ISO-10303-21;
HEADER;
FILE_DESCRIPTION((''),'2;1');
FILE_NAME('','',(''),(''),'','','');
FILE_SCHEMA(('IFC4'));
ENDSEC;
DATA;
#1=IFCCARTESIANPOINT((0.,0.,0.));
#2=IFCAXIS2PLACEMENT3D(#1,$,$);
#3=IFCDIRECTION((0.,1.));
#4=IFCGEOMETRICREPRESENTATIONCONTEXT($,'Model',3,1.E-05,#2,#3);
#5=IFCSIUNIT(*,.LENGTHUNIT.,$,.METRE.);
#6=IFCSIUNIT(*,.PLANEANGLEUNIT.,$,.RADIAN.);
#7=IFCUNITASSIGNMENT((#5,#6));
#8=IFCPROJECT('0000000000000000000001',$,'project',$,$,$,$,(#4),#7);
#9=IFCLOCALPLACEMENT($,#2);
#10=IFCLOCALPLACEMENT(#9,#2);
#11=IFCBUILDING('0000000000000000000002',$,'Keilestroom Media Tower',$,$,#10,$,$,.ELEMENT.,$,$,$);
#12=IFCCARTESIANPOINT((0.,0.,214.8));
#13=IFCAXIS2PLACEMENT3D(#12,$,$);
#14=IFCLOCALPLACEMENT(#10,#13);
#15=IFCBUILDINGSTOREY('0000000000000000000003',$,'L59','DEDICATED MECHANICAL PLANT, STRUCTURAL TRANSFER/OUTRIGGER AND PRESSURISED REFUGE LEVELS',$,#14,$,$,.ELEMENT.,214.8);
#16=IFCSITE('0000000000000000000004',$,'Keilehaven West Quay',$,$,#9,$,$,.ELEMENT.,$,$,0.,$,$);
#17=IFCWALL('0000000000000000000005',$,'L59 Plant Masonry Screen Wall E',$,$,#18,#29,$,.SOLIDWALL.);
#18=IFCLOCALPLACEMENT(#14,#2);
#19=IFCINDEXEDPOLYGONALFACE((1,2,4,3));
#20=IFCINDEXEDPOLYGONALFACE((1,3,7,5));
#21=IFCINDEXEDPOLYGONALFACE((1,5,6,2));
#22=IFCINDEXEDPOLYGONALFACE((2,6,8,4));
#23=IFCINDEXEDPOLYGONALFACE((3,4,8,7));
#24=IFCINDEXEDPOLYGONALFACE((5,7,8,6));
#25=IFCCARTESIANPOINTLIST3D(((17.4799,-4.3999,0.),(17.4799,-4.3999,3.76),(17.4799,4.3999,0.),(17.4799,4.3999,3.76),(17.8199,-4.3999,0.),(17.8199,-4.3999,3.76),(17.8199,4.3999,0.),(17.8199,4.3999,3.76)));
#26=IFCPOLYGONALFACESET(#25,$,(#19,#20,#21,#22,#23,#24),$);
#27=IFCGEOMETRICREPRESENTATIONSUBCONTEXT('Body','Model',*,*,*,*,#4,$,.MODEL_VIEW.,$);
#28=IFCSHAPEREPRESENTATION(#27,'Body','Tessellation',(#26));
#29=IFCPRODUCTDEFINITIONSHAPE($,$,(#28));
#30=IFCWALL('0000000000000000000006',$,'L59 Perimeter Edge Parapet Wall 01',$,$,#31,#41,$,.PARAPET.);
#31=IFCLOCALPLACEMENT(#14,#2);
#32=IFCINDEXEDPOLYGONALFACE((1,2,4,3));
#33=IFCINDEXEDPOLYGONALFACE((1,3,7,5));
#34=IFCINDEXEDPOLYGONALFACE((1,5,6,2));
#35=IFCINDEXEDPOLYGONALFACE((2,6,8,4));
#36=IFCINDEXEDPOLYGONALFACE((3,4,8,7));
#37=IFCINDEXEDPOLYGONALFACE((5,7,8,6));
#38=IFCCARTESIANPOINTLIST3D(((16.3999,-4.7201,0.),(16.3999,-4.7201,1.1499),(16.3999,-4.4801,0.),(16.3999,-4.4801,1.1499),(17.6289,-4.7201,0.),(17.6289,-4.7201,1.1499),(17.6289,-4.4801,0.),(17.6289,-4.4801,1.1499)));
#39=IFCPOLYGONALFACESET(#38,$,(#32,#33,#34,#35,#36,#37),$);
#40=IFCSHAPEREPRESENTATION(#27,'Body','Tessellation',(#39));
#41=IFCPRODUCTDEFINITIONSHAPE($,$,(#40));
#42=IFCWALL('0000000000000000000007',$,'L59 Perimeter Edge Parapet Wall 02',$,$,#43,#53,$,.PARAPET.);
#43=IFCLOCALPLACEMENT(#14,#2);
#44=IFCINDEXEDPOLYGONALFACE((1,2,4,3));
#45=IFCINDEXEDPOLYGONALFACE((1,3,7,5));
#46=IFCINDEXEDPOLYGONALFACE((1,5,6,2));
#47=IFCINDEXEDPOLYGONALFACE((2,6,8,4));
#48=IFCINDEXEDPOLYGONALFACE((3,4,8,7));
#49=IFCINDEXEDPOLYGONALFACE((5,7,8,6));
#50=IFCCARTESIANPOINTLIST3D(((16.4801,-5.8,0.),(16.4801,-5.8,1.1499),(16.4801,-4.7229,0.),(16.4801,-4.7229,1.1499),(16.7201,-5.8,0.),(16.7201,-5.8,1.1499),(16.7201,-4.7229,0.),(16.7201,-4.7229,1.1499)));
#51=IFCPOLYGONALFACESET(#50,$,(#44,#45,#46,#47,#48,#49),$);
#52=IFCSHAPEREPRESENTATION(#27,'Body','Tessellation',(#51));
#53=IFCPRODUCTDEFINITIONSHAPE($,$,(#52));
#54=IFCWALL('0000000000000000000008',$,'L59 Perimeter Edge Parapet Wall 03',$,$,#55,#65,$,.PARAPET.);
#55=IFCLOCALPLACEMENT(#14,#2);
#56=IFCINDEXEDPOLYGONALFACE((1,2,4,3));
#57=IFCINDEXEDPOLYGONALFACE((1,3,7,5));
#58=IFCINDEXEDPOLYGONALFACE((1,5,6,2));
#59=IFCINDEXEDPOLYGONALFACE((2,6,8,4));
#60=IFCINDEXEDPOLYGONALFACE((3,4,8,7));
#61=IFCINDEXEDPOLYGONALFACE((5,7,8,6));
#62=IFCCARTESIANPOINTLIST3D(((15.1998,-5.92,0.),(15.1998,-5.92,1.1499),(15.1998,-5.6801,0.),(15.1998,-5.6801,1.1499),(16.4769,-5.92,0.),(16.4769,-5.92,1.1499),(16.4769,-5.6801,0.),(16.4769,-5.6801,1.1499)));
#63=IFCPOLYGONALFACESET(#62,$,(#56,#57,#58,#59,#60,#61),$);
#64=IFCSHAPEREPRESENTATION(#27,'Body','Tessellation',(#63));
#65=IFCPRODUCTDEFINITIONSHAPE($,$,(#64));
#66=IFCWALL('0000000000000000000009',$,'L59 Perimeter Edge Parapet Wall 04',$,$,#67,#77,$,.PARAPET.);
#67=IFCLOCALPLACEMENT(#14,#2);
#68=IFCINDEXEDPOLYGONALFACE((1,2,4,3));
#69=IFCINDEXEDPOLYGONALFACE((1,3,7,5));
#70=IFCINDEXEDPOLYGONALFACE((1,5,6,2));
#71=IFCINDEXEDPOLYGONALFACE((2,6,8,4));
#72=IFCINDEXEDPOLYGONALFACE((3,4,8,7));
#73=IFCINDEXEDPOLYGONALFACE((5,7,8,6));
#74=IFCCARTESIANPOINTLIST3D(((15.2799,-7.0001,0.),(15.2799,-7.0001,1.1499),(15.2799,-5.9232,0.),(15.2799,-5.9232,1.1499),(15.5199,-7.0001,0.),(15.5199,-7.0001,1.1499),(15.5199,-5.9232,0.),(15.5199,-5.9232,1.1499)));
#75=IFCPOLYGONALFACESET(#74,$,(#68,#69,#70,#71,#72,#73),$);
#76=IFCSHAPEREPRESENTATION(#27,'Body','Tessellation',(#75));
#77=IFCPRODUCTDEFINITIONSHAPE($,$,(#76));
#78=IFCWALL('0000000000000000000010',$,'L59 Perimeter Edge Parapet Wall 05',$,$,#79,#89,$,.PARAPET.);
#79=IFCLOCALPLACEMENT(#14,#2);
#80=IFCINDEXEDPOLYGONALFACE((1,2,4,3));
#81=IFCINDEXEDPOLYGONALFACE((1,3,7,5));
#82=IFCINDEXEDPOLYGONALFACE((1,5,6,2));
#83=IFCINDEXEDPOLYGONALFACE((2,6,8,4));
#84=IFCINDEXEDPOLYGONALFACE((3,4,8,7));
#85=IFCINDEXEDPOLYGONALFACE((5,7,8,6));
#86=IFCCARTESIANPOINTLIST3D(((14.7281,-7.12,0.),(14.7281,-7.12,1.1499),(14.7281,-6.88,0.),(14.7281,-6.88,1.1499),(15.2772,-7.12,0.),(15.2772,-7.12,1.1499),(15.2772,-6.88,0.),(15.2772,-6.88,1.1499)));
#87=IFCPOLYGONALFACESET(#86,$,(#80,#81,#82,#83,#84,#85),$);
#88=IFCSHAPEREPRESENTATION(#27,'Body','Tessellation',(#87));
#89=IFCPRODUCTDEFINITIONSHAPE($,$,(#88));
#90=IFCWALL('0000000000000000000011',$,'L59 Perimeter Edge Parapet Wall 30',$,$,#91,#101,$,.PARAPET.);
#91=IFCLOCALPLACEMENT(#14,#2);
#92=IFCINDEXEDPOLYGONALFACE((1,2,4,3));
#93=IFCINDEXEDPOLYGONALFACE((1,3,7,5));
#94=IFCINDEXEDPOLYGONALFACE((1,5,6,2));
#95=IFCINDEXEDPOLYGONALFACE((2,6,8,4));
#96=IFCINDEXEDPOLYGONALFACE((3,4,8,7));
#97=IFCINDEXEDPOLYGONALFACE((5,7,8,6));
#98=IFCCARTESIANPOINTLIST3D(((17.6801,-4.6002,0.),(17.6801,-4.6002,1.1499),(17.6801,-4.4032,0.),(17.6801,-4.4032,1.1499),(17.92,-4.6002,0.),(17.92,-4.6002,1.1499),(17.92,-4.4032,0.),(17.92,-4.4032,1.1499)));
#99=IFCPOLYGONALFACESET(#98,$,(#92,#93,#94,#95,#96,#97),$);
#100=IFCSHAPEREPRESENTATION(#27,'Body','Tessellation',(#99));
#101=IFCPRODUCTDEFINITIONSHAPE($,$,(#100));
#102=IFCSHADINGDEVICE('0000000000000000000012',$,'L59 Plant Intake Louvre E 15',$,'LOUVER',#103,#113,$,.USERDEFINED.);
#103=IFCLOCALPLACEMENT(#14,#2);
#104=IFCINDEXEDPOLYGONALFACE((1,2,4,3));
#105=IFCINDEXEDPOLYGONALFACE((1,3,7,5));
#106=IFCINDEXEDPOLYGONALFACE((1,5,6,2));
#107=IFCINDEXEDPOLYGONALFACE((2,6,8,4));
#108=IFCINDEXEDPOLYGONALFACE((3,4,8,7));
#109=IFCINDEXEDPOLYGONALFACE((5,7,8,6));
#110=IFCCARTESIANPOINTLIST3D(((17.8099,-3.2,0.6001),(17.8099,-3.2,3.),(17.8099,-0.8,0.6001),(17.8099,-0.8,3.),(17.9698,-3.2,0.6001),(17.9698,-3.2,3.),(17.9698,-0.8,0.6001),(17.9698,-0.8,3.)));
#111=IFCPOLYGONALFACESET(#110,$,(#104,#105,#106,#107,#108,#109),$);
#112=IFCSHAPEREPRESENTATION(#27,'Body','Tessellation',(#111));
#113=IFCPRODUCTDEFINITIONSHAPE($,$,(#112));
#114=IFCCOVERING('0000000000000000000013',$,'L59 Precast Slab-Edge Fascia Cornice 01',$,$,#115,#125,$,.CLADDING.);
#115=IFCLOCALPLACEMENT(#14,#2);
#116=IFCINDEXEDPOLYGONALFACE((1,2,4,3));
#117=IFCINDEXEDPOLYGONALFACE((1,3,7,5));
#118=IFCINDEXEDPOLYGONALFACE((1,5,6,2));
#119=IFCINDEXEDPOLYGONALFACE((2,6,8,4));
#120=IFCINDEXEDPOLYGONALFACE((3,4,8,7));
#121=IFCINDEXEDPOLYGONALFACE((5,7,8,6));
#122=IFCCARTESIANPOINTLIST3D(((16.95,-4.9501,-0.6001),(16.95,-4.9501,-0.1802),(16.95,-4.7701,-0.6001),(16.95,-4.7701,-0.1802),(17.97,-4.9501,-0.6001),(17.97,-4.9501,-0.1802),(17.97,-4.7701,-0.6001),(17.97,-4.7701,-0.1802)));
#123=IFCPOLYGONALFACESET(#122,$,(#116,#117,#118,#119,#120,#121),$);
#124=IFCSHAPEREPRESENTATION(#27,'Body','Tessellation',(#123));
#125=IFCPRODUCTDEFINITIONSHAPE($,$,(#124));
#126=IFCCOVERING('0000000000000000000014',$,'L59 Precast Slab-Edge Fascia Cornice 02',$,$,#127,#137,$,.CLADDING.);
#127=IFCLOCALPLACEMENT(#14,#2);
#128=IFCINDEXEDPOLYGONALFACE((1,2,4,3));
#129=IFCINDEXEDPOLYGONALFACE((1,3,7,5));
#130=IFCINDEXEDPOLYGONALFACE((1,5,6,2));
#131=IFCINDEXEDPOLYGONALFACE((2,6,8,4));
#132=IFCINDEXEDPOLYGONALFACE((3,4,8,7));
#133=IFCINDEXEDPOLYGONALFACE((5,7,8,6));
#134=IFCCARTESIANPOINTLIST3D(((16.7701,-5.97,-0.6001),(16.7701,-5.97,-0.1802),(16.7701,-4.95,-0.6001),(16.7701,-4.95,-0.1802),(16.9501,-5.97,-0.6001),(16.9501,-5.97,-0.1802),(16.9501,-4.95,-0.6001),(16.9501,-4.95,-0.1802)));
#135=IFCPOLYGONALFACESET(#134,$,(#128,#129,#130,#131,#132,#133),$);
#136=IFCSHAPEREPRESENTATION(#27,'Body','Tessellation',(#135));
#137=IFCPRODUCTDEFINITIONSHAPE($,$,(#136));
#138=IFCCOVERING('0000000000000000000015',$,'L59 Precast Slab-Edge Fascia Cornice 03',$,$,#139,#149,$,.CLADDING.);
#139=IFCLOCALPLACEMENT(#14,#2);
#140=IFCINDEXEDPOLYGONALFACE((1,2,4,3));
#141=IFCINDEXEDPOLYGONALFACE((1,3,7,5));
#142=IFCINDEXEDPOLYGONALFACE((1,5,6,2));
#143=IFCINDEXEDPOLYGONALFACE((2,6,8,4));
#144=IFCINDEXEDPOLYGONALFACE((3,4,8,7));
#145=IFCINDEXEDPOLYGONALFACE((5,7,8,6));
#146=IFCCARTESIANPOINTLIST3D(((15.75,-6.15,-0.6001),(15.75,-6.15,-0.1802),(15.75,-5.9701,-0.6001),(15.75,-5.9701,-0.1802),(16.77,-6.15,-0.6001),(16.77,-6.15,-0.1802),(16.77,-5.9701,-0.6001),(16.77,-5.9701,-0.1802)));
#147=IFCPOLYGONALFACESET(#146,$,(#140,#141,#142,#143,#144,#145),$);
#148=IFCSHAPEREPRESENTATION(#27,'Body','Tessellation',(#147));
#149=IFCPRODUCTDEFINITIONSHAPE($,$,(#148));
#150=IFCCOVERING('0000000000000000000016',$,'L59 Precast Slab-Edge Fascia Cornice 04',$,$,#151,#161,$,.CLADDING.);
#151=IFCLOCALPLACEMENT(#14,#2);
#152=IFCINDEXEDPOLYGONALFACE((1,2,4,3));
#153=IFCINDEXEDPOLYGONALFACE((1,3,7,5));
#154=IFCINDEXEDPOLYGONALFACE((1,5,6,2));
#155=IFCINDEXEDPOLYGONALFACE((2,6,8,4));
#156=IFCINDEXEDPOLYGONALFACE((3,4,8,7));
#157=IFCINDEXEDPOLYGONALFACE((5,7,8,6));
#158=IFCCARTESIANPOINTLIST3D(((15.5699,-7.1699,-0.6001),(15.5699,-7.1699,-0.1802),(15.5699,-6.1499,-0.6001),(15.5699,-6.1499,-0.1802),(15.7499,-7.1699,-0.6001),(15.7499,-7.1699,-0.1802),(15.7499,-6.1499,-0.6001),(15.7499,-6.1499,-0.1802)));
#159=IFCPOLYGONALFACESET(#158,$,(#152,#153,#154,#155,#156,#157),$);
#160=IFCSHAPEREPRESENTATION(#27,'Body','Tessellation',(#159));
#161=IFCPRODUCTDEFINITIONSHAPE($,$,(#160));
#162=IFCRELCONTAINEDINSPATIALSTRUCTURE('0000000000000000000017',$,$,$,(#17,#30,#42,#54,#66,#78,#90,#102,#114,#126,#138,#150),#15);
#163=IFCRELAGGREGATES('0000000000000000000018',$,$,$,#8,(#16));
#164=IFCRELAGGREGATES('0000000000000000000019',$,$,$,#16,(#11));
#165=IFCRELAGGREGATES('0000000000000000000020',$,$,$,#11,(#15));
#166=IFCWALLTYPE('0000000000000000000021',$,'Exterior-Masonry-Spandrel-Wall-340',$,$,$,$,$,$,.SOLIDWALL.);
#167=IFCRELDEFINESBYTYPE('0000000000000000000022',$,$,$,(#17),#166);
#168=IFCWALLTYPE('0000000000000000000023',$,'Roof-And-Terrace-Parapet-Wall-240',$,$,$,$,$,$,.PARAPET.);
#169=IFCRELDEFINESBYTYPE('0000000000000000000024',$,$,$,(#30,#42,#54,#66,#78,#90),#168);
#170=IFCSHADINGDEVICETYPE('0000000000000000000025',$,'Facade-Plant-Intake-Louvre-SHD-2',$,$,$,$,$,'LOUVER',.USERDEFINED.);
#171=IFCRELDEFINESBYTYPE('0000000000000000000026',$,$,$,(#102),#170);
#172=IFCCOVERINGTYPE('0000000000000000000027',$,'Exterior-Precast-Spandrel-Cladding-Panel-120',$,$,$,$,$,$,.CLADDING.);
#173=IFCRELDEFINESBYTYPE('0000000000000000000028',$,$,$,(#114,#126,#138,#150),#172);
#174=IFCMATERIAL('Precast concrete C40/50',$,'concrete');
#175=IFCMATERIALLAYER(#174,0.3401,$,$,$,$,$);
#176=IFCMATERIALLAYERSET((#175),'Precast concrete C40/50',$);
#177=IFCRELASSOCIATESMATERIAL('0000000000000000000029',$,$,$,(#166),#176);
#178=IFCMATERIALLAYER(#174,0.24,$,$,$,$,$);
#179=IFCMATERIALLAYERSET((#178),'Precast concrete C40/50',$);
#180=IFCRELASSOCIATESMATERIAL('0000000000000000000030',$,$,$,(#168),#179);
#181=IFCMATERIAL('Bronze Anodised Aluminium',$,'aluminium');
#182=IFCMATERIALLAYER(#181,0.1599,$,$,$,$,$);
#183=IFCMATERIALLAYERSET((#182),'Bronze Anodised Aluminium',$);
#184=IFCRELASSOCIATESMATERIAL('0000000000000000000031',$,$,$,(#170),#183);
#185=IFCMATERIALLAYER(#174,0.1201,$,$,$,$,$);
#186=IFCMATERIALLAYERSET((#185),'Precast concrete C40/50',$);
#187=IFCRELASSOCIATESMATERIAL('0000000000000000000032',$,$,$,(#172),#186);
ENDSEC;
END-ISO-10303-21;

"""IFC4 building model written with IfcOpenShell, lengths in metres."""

from ifc_helpers import new_model, si_unit, direction, frame, frame_2d, origin, origin_2d, place, context, subcontext, project, spatial, rectangle, extrude, source, transform, mapped, material, layer, layer_set, type_object, element, save


model = new_model("IFC4")

# Units and contexts
model_context = context("Model", 3, precision=1e-05, world=origin(), true_north=direction((0.0, 1.0)))
body_context = subcontext(model_context, "Body", "Model", "MODEL_VIEW")
ifc_project = project(units=[si_unit("LENGTHUNIT", "METRE"), si_unit("PLANEANGLEUNIT", "RADIAN")], contexts=[model_context])

# Site, building, storey
site_placement = place(None, origin())
site = spatial("IfcSite", under=ifc_project, at=site_placement, Name="Keilehaven West Quay", CompositionType="ELEMENT", RefElevation=0.0)
building_placement = place(site_placement, origin())
building = spatial("IfcBuilding", under=site, at=building_placement, Name="Keilestroom Media Tower", CompositionType="ELEMENT")
storey_placement = place(building_placement, frame((0.0, 0.0, 214.8)))
storey = spatial("IfcBuildingStorey", under=building, at=storey_placement, Name="L59", Description="DEDICATED MECHANICAL PLANT, STRUCTURAL TRANSFER/OUTRIGGER AND PRESSURISED REFUGE LEVELS", CompositionType="ELEMENT", Elevation=214.8)

# Shared definitions
ifc_material_1 = material(Name="Precast concrete C40/50", Category="concrete")

# Walls
ifc_layer_1 = layer(ifc_material_1, 0.3401)
ifc_layer_set_1 = layer_set([ifc_layer_1], Name="Precast concrete C40/50")
wall_type_1 = type_object("IfcWallType", Name="Exterior-Masonry-Spandrel-Wall-340", PredefinedType="SOLIDWALL", material=ifc_layer_set_1)
wall_1_placement = place(storey_placement, frame((17.6499, -4.3999, 0.0), z_axis=(0.0, 0.0, 1.0), x_axis=(0.0, 1.0, 0.0)))
element("IfcWall", 1, at=wall_1_placement, inside=storey, type_object=wall_type_1, Name="L59 Plant Masonry Screen Wall E", PredefinedType="SOLIDWALL", context=body_context, shape_type="SweptSolid", body=[
    extrude(rectangle(XDim=8.7998, YDim=0.3401, at=frame_2d((4.3999, 0.0))), origin(), (0.0, 0.0, 1.0), 3.76),
])
ifc_layer_2 = layer(ifc_material_1, 0.24)
ifc_layer_set_2 = layer_set([ifc_layer_2], Name="Precast concrete C40/50")
wall_type_2 = type_object("IfcWallType", Name="Roof-And-Terrace-Parapet-Wall-240", PredefinedType="PARAPET", material=ifc_layer_set_2)
wall_2_placement = place(storey_placement, frame((17.6289, -4.6001, 0.0), z_axis=(0.0, 0.0, 1.0), x_axis=(-1.0, 0.0, 0.0)))
element("IfcWall", 2, at=wall_2_placement, inside=storey, type_object=wall_type_2, Name="L59 Perimeter Edge Parapet Wall 01", PredefinedType="PARAPET", context=body_context, shape_type="SweptSolid", body=[
    extrude(rectangle(XDim=1.229, YDim=0.24, at=frame_2d((0.6145, 0.0))), origin(), (0.0, 0.0, 1.0), 1.1499),
])
wall_3_placement = place(storey_placement, frame((16.6001, -4.7229, 0.0), z_axis=(0.0, 0.0, 1.0), x_axis=(0.0, -1.0, 0.0)))
element("IfcWall", 3, at=wall_3_placement, inside=storey, type_object=wall_type_2, Name="L59 Perimeter Edge Parapet Wall 02", PredefinedType="PARAPET", context=body_context, shape_type="SweptSolid", body=[
    extrude(rectangle(XDim=1.0771, YDim=0.24, at=frame_2d((0.5386, 0.0))), origin(), (0.0, 0.0, 1.0), 1.1499),
])
wall_4_placement = place(storey_placement, frame((16.4771, -5.8, 0.0), z_axis=(0.0, 0.0, 1.0), x_axis=(-1.0, 0.0, 0.0)))
element("IfcWall", 4, at=wall_4_placement, inside=storey, type_object=wall_type_2, Name="L59 Perimeter Edge Parapet Wall 03", PredefinedType="PARAPET", context=body_context, shape_type="SweptSolid", body=[
    extrude(rectangle(XDim=1.2771, YDim=0.24, at=frame_2d((0.6387, 0.0))), origin(), (0.0, 0.0, 1.0), 1.1499),
])
wall_5_placement = place(storey_placement, frame((15.3999, -5.9231, 0.0), z_axis=(0.0, 0.0, 1.0), x_axis=(0.0, -1.0, 0.0)))
element("IfcWall", 5, at=wall_5_placement, inside=storey, type_object=wall_type_2, Name="L59 Perimeter Edge Parapet Wall 04", PredefinedType="PARAPET", context=body_context, shape_type="SweptSolid", body=[
    extrude(rectangle(XDim=1.0769, YDim=0.24, at=frame_2d((0.5386, 0.0))), origin(), (0.0, 0.0, 1.0), 1.1499),
])
wall_6_placement = place(storey_placement, frame((15.2771, -7.0, 0.0), z_axis=(0.0, 0.0, 1.0), x_axis=(-1.0, 0.0, 0.0)))
element("IfcWall", 6, at=wall_6_placement, inside=storey, type_object=wall_type_2, Name="L59 Perimeter Edge Parapet Wall 05", PredefinedType="PARAPET", context=body_context, shape_type="SweptSolid", body=[
    extrude(rectangle(XDim=0.5491, YDim=0.24, at=frame_2d((0.2744, 0.0))), origin(), (0.0, 0.0, 1.0), 1.1499),
])
wall_7_placement = place(storey_placement, frame((17.8, -4.4031, 0.0), z_axis=(0.0, 0.0, 1.0), x_axis=(0.0, -1.0, 0.0)))
element("IfcWall", 7, at=wall_7_placement, inside=storey, type_object=wall_type_2, Name="L59 Perimeter Edge Parapet Wall 30", PredefinedType="PARAPET", context=body_context, shape_type="SweptSolid", body=[
    extrude(rectangle(XDim=0.197, YDim=0.24, at=frame_2d((0.0986, 0.0))), origin(), (0.0, 0.0, 1.0), 1.1499),
])

# Shading device
ifc_material_2 = material(Name="Bronze Anodised Aluminium", Category="aluminium")
ifc_layer_3 = layer(ifc_material_2, 0.1599)
ifc_layer_set_3 = layer_set([ifc_layer_3], Name="Bronze Anodised Aluminium")
shading_device_type = type_object("IfcShadingDeviceType", Name="Facade-Plant-Intake-Louvre-SHD-2", ElementType="LOUVER", PredefinedType="USERDEFINED", material=ifc_layer_set_3)
shared_shape_1 = source(origin(), body_context, "Body", "SweptSolid", [
    extrude(rectangle(XDim=0.1599, YDim=2.3999, at=origin_2d()), origin(), (0.0, 0.0, 1.0), 2.3999),
])
shading_device_placement = place(storey_placement, frame((17.8899, -2.0, 0.6001), z_axis=(0.0, 0.0, 1.0), x_axis=(1.0, 0.0, 0.0)))
element("IfcShadingDevice", 8, at=shading_device_placement, inside=storey, type_object=shading_device_type, Name="L59 Plant Intake Louvre E 15", ObjectType="LOUVER", PredefinedType="USERDEFINED", context=body_context, shape_type="MappedRepresentation", body=[
    mapped(shared_shape_1, transform((0.0, 0.0, 0.0), x_axis=(1.0, 0.0, 0.0), y_axis=(0.0, 1.0, 0.0), z_axis=(0.0, 0.0, 1.0), scale=1.0)),
])

# Coverings
ifc_layer_4 = layer(ifc_material_1, 0.1201)
ifc_layer_set_4 = layer_set([ifc_layer_4], Name="Precast concrete C40/50")
covering_type = type_object("IfcCoveringType", Name="Exterior-Precast-Spandrel-Cladding-Panel-120", PredefinedType="CLADDING", material=ifc_layer_set_4)
shared_shape_2 = source(origin(), body_context, "Body", "SweptSolid", [
    extrude(rectangle(XDim=1.02, YDim=0.1799, at=origin_2d()), origin(), (0.0, 0.0, 1.0), 0.4199),
])
for number, where, z_axis, x_axis, name in (
    (9, (17.46, -4.8601, -0.6001), (0.0, 0.0, 1.0), (-1.0, 0.0, 0.0), "L59 Precast Slab-Edge Fascia Cornice 01"),
    (10, (16.8601, -5.46, -0.6001), (0.0, 0.0, 1.0), (0.0, -1.0, 0.0), "L59 Precast Slab-Edge Fascia Cornice 02"),
    (11, (16.26, -6.0601, -0.6001), (0.0, 0.0, 1.0), (-1.0, 0.0, 0.0), "L59 Precast Slab-Edge Fascia Cornice 03"),
    (12, (15.6599, -6.6599, -0.6001), (0.0, 0.0, 1.0), (0.0, -1.0, 0.0), "L59 Precast Slab-Edge Fascia Cornice 04"),
):
    element("IfcCovering", number, at=place(storey_placement, frame(where, z_axis=z_axis, x_axis=x_axis)), inside=storey, type_object=covering_type, Name=name, PredefinedType="CLADDING", context=body_context, shape_type="MappedRepresentation", body=[
        mapped(shared_shape_2, transform((0.0, 0.0, 0.0), x_axis=(1.0, 0.0, 0.0), y_axis=(0.0, 1.0, 0.0), z_axis=(0.0, 0.0, 1.0), scale=1.0)),
    ])

save(model, "model.ifc")
